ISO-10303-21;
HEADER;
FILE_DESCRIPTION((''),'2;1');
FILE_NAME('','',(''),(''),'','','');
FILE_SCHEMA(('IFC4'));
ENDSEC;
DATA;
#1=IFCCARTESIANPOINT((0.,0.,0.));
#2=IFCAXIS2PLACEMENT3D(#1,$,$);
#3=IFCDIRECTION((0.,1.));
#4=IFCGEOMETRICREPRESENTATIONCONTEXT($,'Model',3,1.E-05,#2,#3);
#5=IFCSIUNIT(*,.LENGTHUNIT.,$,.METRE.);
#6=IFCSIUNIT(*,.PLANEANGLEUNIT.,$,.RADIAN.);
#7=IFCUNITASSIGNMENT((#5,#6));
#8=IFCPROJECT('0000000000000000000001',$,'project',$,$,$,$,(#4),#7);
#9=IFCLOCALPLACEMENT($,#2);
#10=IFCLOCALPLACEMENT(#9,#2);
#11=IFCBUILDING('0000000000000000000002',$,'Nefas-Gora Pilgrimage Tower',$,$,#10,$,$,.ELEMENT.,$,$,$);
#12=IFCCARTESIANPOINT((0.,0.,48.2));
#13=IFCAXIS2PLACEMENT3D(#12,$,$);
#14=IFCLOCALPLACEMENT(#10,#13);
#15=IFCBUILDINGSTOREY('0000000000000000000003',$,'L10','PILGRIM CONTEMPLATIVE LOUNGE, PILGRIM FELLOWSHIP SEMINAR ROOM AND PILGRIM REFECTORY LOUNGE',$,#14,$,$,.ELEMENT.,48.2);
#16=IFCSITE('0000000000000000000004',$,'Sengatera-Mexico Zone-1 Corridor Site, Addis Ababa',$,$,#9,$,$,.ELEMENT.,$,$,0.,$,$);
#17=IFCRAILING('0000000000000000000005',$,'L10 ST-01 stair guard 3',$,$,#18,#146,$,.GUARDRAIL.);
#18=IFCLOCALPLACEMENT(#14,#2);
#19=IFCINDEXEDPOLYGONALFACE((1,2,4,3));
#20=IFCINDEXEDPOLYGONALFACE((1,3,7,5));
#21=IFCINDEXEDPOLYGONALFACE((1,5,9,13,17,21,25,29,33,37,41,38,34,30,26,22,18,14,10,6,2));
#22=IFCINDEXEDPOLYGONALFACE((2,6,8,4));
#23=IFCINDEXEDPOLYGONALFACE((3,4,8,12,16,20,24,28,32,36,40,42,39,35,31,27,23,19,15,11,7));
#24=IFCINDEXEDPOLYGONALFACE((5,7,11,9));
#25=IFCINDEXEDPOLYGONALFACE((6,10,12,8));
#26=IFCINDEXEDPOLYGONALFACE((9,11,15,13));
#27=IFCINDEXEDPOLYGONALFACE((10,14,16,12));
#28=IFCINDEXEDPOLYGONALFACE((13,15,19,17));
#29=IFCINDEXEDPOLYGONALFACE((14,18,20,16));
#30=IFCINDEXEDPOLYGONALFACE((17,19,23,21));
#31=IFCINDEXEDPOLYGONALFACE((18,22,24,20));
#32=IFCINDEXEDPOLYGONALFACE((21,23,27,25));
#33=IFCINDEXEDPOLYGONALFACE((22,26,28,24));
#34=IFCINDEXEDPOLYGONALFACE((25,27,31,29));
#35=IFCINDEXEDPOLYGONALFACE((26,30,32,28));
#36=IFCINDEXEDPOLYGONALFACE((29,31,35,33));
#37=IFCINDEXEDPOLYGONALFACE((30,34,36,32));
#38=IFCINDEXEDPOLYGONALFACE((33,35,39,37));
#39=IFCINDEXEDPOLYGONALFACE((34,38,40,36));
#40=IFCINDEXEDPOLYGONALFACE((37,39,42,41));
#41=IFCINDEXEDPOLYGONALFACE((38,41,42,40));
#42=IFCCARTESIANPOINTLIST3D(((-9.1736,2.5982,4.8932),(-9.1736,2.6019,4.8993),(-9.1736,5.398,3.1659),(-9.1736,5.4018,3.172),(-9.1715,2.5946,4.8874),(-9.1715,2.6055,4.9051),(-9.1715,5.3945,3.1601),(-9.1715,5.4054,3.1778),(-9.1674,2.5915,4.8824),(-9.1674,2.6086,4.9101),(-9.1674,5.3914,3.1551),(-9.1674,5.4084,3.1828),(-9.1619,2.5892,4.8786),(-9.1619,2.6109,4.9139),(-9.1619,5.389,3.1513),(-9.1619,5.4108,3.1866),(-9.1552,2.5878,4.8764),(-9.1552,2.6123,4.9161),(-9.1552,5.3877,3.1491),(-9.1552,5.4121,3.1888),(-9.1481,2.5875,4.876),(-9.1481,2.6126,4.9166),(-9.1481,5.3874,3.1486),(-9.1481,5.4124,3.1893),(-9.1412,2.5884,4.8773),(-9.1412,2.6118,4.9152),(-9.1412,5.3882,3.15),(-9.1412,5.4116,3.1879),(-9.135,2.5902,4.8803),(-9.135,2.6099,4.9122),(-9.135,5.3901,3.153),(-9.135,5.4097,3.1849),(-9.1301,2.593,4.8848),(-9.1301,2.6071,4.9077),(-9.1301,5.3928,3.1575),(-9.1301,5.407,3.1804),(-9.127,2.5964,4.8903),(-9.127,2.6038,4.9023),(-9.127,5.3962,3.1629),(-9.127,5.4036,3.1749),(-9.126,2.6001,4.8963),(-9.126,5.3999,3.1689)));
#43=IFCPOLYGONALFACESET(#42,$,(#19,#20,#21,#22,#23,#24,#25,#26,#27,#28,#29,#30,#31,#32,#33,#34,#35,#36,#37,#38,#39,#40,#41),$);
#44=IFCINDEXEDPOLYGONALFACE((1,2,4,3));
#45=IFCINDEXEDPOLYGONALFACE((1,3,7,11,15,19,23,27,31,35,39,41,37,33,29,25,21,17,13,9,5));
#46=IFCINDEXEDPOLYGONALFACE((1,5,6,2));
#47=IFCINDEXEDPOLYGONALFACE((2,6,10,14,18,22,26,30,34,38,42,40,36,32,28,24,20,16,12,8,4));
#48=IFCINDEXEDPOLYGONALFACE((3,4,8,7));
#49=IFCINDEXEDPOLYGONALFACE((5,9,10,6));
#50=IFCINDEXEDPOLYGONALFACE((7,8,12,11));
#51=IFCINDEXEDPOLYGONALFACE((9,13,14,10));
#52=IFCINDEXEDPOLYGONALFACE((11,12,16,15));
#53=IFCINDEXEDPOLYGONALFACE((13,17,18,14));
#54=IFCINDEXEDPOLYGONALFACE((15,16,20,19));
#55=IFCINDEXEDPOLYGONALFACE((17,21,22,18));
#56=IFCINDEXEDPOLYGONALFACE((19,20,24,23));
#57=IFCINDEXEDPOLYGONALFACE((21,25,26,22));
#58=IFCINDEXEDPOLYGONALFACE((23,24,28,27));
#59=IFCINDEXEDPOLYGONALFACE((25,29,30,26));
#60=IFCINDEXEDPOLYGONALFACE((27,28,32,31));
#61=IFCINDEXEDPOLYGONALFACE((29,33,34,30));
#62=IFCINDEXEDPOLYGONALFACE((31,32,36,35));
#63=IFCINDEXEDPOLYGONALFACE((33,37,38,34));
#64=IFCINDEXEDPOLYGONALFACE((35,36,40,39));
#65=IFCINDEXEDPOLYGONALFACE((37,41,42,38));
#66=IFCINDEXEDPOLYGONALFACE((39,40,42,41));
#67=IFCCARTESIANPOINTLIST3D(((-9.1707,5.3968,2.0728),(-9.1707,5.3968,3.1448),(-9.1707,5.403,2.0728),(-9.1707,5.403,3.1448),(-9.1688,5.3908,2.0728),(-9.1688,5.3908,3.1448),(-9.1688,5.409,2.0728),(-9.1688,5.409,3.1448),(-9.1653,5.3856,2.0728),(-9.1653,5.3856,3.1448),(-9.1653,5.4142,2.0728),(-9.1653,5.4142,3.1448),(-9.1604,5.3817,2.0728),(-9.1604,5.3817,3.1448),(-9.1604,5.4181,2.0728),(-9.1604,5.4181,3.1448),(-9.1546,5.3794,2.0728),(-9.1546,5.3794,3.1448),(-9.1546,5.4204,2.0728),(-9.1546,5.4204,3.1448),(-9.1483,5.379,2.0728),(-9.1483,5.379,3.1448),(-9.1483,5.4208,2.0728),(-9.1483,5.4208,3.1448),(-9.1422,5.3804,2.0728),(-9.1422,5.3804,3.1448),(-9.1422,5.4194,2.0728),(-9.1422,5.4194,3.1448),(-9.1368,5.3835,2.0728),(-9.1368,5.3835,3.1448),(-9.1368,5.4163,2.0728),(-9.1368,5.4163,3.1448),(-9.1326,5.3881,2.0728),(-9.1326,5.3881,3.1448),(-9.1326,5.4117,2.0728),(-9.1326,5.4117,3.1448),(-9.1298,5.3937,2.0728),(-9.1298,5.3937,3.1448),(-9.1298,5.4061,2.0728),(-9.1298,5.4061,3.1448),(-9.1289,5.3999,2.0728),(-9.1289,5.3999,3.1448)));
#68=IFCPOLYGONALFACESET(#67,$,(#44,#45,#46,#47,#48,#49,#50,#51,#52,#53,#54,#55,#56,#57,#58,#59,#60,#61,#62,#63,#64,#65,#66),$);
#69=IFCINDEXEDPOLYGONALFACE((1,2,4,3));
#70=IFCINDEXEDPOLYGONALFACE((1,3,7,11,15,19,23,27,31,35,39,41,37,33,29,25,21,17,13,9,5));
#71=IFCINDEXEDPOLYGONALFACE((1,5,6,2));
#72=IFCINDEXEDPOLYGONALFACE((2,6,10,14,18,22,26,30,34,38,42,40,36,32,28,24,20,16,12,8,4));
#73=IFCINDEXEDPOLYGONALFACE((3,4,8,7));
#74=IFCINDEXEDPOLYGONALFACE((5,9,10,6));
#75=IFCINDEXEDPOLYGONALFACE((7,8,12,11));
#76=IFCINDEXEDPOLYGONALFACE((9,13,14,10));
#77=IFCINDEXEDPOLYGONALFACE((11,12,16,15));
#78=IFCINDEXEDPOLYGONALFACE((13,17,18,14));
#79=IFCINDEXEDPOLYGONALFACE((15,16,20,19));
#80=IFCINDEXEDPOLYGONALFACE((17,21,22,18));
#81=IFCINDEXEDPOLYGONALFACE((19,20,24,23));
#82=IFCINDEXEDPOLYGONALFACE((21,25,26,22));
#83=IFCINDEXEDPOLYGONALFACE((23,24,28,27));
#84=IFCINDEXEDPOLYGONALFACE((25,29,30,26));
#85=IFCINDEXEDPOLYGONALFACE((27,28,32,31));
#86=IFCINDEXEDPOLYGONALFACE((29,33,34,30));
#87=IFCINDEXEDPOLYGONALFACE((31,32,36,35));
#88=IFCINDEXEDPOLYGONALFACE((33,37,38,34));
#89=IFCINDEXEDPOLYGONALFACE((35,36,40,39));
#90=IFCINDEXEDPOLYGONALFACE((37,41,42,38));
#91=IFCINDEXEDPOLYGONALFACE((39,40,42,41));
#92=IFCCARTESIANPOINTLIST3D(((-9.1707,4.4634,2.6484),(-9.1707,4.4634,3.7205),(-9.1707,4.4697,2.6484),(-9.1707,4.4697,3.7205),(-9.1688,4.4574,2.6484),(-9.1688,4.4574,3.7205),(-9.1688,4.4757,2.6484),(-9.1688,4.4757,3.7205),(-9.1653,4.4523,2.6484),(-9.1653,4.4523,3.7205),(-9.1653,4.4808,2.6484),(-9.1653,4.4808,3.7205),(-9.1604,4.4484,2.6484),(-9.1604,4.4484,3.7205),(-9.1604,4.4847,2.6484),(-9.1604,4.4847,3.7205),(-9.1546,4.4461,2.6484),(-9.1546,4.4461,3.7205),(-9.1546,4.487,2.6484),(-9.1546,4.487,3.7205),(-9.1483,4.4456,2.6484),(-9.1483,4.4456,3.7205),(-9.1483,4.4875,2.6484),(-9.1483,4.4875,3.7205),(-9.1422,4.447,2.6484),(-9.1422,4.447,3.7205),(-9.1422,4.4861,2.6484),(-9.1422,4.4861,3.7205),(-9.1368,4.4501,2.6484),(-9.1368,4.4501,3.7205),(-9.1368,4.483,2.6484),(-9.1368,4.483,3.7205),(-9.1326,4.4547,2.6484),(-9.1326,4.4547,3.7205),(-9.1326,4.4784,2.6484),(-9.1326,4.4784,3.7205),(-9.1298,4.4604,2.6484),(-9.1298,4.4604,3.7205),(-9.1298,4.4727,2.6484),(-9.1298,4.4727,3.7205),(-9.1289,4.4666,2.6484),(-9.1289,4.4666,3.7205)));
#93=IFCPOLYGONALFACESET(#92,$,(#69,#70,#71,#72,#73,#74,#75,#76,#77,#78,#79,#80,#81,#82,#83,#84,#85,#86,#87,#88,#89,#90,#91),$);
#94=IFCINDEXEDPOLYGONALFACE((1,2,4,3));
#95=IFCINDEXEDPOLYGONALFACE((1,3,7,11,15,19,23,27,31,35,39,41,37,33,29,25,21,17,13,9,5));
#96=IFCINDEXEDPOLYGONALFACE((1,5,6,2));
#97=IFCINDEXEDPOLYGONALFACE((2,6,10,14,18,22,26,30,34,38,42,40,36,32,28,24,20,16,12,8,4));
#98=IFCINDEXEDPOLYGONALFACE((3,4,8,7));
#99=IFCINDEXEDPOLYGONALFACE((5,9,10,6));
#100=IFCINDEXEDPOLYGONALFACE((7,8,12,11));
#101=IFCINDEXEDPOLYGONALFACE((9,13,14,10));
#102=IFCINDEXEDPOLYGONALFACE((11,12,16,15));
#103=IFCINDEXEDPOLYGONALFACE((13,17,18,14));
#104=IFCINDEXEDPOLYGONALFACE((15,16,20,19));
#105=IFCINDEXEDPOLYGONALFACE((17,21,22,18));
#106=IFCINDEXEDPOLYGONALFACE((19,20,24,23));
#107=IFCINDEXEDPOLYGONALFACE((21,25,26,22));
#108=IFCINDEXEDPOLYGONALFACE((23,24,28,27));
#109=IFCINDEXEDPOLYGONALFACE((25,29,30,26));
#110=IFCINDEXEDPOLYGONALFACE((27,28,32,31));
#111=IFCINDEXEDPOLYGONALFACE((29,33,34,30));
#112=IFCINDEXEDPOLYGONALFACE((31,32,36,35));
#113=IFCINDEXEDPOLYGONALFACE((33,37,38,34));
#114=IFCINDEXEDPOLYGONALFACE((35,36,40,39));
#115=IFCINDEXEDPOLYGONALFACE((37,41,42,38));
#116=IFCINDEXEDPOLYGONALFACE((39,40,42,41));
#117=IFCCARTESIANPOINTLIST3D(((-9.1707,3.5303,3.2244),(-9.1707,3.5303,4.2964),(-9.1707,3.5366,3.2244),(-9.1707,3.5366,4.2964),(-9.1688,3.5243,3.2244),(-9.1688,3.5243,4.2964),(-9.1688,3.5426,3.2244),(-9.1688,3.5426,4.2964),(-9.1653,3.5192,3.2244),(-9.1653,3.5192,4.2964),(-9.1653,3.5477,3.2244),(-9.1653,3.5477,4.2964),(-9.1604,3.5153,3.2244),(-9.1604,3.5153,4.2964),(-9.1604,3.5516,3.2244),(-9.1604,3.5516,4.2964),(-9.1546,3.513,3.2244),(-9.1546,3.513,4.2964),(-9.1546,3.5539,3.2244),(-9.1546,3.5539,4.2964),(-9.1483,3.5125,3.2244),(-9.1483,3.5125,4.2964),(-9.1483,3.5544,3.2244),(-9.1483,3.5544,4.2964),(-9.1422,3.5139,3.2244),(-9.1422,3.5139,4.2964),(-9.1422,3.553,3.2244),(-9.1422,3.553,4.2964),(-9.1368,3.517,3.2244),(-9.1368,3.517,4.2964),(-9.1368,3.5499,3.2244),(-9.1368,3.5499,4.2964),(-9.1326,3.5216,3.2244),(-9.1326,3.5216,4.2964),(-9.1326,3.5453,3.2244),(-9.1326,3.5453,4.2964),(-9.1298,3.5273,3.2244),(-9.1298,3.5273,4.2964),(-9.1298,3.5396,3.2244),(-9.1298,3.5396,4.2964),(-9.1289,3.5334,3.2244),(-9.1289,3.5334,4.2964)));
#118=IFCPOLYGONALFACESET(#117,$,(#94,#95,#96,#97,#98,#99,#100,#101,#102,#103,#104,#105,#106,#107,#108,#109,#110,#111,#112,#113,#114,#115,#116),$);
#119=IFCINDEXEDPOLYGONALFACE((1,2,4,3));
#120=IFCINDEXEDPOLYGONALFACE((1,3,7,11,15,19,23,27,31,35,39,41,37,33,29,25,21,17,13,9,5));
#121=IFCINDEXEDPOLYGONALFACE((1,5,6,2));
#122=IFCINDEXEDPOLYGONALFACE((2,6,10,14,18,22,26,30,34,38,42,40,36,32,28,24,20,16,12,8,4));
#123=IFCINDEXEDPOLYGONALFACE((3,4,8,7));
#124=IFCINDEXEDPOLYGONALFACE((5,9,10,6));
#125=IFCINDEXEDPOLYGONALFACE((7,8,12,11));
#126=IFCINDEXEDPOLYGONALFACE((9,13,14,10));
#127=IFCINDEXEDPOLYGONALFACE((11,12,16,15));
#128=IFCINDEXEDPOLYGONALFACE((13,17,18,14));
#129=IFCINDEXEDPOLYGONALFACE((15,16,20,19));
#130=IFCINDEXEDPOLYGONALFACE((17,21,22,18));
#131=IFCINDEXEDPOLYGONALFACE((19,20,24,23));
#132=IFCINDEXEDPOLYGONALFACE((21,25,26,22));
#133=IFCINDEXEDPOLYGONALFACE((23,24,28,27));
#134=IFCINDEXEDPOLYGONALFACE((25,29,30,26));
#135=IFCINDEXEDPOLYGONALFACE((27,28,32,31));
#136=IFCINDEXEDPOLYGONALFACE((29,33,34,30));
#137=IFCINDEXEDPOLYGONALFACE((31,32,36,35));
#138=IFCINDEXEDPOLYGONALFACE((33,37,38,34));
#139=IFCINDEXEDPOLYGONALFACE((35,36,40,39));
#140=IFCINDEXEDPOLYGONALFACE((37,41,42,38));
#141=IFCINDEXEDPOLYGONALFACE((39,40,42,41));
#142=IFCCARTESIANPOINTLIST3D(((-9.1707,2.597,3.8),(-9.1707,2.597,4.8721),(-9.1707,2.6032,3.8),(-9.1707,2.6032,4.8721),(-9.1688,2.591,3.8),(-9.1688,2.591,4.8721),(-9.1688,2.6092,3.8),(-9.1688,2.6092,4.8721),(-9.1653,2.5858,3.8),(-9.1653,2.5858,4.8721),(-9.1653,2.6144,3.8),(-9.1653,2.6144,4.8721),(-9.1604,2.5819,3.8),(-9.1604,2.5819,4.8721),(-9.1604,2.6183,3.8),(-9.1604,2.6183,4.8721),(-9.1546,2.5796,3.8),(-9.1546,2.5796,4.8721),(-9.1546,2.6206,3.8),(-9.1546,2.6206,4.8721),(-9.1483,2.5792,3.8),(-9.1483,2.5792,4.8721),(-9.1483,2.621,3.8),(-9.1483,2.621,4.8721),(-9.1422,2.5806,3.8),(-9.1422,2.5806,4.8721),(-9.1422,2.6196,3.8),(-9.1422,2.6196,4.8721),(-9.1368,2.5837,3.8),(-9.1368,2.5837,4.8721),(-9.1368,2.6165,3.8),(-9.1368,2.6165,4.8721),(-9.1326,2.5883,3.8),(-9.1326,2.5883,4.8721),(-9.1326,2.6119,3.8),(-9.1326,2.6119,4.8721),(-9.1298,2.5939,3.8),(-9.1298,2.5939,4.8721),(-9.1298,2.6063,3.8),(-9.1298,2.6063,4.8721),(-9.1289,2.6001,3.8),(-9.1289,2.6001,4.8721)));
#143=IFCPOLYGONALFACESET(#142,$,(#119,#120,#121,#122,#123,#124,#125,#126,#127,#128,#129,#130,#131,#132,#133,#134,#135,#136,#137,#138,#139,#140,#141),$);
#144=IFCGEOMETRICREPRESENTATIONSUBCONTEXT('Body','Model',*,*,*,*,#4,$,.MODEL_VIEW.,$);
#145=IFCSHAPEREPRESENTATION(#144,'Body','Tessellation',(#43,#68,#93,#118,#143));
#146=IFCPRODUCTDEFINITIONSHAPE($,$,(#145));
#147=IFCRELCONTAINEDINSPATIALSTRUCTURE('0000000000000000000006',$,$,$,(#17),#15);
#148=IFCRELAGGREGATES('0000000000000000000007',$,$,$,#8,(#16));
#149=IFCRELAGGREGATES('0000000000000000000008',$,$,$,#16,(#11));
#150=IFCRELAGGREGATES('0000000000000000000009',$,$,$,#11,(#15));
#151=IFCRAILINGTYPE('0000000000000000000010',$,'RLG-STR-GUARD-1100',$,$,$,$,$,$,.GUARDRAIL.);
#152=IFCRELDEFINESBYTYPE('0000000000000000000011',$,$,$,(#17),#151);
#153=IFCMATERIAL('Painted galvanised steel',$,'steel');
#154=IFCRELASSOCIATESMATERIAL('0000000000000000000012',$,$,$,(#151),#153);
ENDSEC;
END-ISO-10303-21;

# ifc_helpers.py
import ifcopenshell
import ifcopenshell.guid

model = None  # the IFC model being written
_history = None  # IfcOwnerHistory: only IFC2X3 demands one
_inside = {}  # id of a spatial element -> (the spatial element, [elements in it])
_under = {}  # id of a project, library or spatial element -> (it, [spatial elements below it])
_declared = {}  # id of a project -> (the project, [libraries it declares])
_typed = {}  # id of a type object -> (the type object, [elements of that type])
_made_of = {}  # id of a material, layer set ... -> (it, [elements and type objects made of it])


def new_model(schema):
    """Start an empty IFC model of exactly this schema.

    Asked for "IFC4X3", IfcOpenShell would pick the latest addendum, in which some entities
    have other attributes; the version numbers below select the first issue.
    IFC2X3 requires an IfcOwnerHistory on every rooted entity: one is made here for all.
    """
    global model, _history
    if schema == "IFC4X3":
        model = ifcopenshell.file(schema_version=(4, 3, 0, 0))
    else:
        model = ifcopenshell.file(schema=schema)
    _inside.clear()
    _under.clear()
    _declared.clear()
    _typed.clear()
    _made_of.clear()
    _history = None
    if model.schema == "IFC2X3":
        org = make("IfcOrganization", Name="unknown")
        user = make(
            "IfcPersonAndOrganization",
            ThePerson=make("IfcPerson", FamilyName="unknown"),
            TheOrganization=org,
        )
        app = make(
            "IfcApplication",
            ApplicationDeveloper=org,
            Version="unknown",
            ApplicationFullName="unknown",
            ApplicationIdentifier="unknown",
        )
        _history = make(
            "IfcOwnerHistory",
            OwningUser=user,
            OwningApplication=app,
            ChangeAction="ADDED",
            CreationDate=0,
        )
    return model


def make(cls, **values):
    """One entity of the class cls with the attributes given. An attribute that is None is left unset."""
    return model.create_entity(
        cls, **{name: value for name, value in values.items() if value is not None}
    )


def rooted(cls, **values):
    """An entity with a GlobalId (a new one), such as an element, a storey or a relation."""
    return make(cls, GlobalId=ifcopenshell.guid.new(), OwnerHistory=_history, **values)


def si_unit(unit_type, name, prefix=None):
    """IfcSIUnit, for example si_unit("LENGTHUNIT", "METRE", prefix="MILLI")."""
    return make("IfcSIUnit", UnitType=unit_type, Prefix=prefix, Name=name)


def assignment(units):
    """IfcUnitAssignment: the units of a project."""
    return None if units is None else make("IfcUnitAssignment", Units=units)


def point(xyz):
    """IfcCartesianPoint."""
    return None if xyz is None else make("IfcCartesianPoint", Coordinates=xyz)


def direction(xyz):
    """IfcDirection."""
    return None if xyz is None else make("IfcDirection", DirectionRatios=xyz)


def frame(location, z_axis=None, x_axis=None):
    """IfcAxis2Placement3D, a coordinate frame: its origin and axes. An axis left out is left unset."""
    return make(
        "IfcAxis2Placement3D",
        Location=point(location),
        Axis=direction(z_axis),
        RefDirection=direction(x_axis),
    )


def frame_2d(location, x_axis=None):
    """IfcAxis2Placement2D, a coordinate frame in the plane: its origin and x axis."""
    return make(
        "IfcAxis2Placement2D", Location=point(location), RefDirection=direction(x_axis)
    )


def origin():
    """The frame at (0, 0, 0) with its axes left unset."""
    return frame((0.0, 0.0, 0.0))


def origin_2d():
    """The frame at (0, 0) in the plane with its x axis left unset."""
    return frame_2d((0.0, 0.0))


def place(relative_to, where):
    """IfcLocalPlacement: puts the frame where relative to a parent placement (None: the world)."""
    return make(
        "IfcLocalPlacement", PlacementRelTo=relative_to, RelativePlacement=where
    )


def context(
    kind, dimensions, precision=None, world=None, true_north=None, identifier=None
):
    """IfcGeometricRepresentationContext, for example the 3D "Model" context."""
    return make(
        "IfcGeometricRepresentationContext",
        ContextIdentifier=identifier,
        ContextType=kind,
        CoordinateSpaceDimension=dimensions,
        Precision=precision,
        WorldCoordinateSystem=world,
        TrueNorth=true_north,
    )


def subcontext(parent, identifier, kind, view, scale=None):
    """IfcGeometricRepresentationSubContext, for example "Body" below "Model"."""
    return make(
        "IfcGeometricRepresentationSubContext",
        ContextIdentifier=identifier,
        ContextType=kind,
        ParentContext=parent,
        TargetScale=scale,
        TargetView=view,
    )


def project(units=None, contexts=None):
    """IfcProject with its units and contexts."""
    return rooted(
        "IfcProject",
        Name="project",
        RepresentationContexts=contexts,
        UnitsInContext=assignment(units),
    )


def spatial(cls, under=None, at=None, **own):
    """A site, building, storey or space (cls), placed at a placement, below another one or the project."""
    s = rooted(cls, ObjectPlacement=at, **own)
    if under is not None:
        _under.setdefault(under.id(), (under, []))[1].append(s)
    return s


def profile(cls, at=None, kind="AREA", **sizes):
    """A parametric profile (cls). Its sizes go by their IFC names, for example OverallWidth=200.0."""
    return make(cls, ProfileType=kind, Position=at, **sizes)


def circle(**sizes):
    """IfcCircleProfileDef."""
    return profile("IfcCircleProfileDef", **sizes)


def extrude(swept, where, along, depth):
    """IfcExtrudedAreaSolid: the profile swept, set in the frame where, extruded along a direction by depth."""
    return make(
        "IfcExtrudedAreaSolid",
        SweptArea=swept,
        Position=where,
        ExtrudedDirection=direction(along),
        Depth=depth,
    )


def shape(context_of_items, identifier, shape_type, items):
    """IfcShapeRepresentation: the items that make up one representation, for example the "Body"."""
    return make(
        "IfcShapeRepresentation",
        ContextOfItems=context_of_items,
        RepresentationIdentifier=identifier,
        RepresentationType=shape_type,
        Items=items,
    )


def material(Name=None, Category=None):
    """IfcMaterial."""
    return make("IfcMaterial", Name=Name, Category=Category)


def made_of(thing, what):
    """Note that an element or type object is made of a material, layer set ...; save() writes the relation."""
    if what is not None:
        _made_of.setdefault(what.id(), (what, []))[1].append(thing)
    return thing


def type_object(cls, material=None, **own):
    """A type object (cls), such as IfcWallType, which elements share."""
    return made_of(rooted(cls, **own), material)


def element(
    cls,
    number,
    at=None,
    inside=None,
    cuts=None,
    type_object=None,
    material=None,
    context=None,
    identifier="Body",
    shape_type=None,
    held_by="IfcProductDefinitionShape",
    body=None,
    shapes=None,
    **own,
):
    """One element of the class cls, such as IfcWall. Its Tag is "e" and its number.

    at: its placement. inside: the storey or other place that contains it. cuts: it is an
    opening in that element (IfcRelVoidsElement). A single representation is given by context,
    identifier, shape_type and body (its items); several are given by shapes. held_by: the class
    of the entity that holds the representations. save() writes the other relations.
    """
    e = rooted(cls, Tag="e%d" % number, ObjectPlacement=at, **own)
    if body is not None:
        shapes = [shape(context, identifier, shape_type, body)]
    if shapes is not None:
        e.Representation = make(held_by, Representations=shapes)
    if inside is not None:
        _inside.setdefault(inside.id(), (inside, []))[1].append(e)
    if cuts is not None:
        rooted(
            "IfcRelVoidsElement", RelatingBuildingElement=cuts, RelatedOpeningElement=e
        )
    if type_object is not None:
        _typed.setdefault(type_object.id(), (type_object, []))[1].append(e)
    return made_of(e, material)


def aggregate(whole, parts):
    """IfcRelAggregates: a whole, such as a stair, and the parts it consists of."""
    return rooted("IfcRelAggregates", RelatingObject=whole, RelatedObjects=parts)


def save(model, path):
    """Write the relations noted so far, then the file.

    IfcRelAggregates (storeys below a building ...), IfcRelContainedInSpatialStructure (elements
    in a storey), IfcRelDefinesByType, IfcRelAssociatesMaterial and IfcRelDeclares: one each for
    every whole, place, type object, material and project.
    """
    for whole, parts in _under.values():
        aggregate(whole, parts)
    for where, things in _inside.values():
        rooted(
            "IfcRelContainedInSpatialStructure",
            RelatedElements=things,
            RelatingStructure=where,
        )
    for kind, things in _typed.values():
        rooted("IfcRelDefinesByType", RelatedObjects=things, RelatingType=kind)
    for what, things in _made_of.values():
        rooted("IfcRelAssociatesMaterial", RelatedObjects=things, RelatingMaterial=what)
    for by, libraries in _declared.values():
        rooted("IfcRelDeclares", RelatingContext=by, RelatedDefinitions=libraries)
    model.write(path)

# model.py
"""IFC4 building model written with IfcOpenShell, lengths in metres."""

from ifc_helpers import new_model, si_unit, direction, frame, origin, origin_2d, place, context, subcontext, project, spatial, circle, extrude, material, type_object, element, save


model = new_model("IFC4")

# Units and contexts
model_context = context("Model", 3, precision=1e-05, world=origin(), true_north=direction((0.0, 1.0)))
body_context = subcontext(model_context, "Body", "Model", "MODEL_VIEW")
ifc_project = project(units=[si_unit("LENGTHUNIT", "METRE"), si_unit("PLANEANGLEUNIT", "RADIAN")], contexts=[model_context])

# Site, building, storey
site_placement = place(None, origin())
site = spatial("IfcSite", under=ifc_project, at=site_placement, Name="Sengatera-Mexico Zone-1 Corridor Site, Addis Ababa", CompositionType="ELEMENT", RefElevation=0.0)
building_placement = place(site_placement, origin())
building = spatial("IfcBuilding", under=site, at=building_placement, Name="Nefas-Gora Pilgrimage Tower", CompositionType="ELEMENT")
storey_placement = place(building_placement, frame((0.0, 0.0, 48.2)))
storey = spatial("IfcBuildingStorey", under=building, at=storey_placement, Name="L10", Description="PILGRIM CONTEMPLATIVE LOUNGE, PILGRIM FELLOWSHIP SEMINAR ROOM AND PILGRIM REFECTORY LOUNGE", CompositionType="ELEMENT", Elevation=48.2)

# Railing
ifc_material_1 = material(Name="Painted galvanised steel", Category="steel")
railing_type_1 = type_object("IfcRailingType", Name="RLG-STR-GUARD-1100", PredefinedType="GUARDRAIL", material=ifc_material_1)
railing_1_placement = place(storey_placement, frame((-9.1499, 5.3999, 2.0728)))
element("IfcRailing", 1, at=railing_1_placement, inside=storey, type_object=railing_type_1, Name="L10 ST-01 stair guard 3", PredefinedType="GUARDRAIL", context=body_context, shape_type="SweptSolid", body=[
    extrude(circle(Radius=0.0239, at=origin_2d()), frame((0.0, 0.0, 1.0962), z_axis=(0.0, -0.851069, 0.525054), x_axis=(1.0, 0.0, 0.0)), (0.0, 0.0, 1.0), 3.2898),
    extrude(circle(Radius=0.021, at=origin_2d()), origin(), (0.0, 0.0, 1.0), 1.072),
    extrude(circle(Radius=0.021, at=origin_2d()), frame((0.0, -0.9333, 0.5757)), (0.0, 0.0, 1.0), 1.072),
    extrude(circle(Radius=0.021, at=origin_2d()), frame((0.0, -1.8665, 1.1516)), (0.0, 0.0, 1.0), 1.072),
    extrude(circle(Radius=0.021, at=origin_2d()), frame((0.0, -2.7998, 1.7273)), (0.0, 0.0, 1.0), 1.072),
])

save(model, "model.ifc")
